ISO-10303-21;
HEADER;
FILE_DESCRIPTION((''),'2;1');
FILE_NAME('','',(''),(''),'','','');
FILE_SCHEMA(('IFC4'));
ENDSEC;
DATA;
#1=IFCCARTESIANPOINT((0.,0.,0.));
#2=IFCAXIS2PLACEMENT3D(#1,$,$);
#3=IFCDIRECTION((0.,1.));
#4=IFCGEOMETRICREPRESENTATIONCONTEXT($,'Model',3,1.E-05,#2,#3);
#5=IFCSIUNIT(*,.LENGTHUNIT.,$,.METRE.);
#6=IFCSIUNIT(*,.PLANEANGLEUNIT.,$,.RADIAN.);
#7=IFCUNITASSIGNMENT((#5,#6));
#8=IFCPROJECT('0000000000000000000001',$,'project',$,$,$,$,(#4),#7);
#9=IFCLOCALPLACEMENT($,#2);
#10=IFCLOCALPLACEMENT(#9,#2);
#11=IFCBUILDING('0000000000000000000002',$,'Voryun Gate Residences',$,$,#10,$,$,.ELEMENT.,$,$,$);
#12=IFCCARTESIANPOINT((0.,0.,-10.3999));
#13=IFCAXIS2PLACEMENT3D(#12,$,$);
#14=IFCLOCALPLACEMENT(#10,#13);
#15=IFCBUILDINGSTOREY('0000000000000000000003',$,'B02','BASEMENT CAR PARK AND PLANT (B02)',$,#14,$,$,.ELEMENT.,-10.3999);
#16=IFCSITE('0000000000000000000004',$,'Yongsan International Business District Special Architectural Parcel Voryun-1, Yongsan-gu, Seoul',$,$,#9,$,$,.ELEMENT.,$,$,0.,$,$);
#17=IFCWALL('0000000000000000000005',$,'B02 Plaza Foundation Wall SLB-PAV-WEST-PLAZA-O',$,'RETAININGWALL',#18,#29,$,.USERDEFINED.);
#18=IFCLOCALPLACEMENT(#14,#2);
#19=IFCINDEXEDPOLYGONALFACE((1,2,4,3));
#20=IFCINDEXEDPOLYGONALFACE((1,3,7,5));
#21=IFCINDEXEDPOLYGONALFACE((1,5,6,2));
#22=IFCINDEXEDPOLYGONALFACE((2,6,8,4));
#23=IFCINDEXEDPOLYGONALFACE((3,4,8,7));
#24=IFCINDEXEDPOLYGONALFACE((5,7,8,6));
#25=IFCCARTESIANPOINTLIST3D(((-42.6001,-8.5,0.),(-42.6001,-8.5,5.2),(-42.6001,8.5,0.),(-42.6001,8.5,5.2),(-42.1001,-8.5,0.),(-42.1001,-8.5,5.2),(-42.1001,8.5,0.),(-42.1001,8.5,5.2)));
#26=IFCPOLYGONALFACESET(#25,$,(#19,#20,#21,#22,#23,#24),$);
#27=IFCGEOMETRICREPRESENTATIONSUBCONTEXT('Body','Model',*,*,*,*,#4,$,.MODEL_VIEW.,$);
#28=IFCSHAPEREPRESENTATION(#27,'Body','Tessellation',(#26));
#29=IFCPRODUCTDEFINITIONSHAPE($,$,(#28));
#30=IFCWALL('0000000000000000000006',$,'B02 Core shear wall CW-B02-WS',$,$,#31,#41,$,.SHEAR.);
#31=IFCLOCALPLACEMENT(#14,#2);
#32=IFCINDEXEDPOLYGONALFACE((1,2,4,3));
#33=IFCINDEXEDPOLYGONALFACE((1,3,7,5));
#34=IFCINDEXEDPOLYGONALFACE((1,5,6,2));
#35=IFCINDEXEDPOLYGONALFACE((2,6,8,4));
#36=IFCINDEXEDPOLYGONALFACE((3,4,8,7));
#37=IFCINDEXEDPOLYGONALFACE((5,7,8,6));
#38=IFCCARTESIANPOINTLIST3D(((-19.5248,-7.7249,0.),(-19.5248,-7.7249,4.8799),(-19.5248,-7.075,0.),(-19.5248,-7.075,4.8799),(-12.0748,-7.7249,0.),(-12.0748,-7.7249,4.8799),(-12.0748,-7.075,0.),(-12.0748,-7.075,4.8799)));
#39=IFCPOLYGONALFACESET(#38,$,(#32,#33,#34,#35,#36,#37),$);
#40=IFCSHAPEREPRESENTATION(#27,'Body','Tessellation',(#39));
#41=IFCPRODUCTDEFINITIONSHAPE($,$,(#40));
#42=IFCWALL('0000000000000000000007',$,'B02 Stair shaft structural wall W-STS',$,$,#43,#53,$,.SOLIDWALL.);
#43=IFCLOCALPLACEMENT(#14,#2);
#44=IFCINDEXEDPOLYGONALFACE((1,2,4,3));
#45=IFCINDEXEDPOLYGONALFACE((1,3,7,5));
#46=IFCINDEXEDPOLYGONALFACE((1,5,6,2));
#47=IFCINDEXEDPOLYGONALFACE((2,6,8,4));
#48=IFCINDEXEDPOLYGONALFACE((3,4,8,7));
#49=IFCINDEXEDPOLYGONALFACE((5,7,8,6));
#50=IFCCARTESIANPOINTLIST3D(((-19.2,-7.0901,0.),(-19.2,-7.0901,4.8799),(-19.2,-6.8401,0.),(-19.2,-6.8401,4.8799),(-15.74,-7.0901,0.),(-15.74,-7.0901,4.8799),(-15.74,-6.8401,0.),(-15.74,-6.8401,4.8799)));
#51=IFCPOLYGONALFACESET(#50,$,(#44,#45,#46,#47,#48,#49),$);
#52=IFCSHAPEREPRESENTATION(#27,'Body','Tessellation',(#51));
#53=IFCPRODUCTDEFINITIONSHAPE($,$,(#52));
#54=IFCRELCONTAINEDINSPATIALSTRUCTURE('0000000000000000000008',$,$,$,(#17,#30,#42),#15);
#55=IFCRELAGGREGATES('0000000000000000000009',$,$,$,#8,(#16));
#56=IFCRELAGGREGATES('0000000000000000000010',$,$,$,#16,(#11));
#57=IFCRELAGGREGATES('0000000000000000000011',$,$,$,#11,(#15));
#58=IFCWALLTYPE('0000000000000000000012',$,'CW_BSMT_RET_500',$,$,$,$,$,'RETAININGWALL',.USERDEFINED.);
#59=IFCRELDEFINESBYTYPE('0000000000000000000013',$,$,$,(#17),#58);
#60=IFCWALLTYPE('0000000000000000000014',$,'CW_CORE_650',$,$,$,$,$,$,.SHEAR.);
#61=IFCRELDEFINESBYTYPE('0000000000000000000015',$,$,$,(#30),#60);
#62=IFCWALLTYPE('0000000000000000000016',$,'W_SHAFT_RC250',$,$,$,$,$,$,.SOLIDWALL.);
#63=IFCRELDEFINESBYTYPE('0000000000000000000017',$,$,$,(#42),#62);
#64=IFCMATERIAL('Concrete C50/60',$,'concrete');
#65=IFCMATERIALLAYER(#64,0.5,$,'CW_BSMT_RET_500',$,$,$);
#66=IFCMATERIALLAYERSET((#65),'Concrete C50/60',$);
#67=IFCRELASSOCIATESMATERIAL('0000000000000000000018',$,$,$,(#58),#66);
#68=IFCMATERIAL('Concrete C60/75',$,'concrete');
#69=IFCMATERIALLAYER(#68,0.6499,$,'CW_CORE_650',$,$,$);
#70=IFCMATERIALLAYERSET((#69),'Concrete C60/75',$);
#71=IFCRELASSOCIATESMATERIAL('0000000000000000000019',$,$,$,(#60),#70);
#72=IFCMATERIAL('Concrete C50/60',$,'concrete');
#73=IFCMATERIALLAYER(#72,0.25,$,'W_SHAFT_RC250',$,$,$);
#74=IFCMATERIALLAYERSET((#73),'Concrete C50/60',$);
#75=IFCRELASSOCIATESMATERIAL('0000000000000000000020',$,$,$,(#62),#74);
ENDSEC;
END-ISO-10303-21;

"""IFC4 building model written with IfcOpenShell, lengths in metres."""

from ifc_helpers import new_model, si_unit, direction, frame, frame_2d, origin, place, context, subcontext, project, spatial, rectangle, extrude, material, layer, layer_set, type_object, element, save


model = new_model("IFC4")

# Units and contexts
model_context = context("Model", 3, precision=1e-05, world=origin(), true_north=direction((0.0, 1.0)))
body_context = subcontext(model_context, "Body", "Model", "MODEL_VIEW")
ifc_project = project(units=[si_unit("LENGTHUNIT", "METRE"), si_unit("PLANEANGLEUNIT", "RADIAN")], contexts=[model_context])

# Site, building, storey
site_placement = place(None, origin())
site = spatial("IfcSite", under=ifc_project, at=site_placement, Name="Yongsan International Business District Special Architectural Parcel Voryun-1, Yongsan-gu, Seoul", CompositionType="ELEMENT", RefElevation=0.0)
building_placement = place(site_placement, origin())
building = spatial("IfcBuilding", under=site, at=building_placement, Name="Voryun Gate Residences", CompositionType="ELEMENT")
storey_placement = place(building_placement, frame((0.0, 0.0, -10.3999)))
storey = spatial("IfcBuildingStorey", under=building, at=storey_placement, Name="B02", Description="BASEMENT CAR PARK AND PLANT (B02)", CompositionType="ELEMENT", Elevation=-10.3999)

# Walls
ifc_material_1 = material(Name="Concrete C50/60", Category="concrete")
ifc_layer_1 = layer(ifc_material_1, 0.5, Name="CW_BSMT_RET_500")
ifc_layer_set_1 = layer_set([ifc_layer_1], Name="Concrete C50/60")
wall_type_1 = type_object("IfcWallType", Name="CW_BSMT_RET_500", ElementType="RETAININGWALL", PredefinedType="USERDEFINED", material=ifc_layer_set_1)
wall_1_placement = place(storey_placement, frame((-42.3501, -8.5, 0.0), z_axis=(0.0, 0.0, 1.0), x_axis=(0.0, 1.0, 0.0)))
element("IfcWall", 1, at=wall_1_placement, inside=storey, type_object=wall_type_1, Name="B02 Plaza Foundation Wall SLB-PAV-WEST-PLAZA-O", ObjectType="RETAININGWALL", PredefinedType="USERDEFINED", context=body_context, shape_type="SweptSolid", body=[
    extrude(rectangle(XDim=17.0, YDim=0.5, at=frame_2d((8.5, 0.0))), origin(), (0.0, 0.0, 1.0), 5.2),
])
ifc_material_2 = material(Name="Concrete C60/75", Category="concrete")
ifc_layer_2 = layer(ifc_material_2, 0.6499, Name="CW_CORE_650")
ifc_layer_set_2 = layer_set([ifc_layer_2], Name="Concrete C60/75")
wall_type_2 = type_object("IfcWallType", Name="CW_CORE_650", PredefinedType="SHEAR", material=ifc_layer_set_2)
wall_2_placement = place(storey_placement, frame((-19.5249, -7.3999, 0.0), z_axis=(0.0, 0.0, 1.0), x_axis=(1.0, 0.0, 0.0)))
element("IfcWall", 2, at=wall_2_placement, inside=storey, type_object=wall_type_2, Name="B02 Core shear wall CW-B02-WS", PredefinedType="SHEAR", context=body_context, shape_type="SweptSolid", body=[
    extrude(rectangle(XDim=7.45, YDim=0.6499, at=frame_2d((3.7251, 0.0))), origin(), (0.0, 0.0, 1.0), 4.8799),
])
ifc_material_3 = material(Name="Concrete C50/60", Category="concrete")
ifc_layer_3 = layer(ifc_material_3, 0.25, Name="W_SHAFT_RC250")
ifc_layer_set_3 = layer_set([ifc_layer_3], Name="Concrete C50/60")
wall_type_3 = type_object("IfcWallType", Name="W_SHAFT_RC250", PredefinedType="SOLIDWALL", material=ifc_layer_set_3)
wall_3_placement = place(storey_placement, frame((-19.2, -6.9651, 0.0), z_axis=(0.0, 0.0, 1.0), x_axis=(1.0, 0.0, 0.0)))
element("IfcWall", 3, at=wall_3_placement, inside=storey, type_object=wall_type_3, Name="B02 Stair shaft structural wall W-STS", PredefinedType="SOLIDWALL", context=body_context, shape_type="SweptSolid", body=[
    extrude(rectangle(XDim=3.46, YDim=0.25, at=frame_2d((1.73, 0.0))), origin(), (0.0, 0.0, 1.0), 4.8799),
])

save(model, "model.ifc")
